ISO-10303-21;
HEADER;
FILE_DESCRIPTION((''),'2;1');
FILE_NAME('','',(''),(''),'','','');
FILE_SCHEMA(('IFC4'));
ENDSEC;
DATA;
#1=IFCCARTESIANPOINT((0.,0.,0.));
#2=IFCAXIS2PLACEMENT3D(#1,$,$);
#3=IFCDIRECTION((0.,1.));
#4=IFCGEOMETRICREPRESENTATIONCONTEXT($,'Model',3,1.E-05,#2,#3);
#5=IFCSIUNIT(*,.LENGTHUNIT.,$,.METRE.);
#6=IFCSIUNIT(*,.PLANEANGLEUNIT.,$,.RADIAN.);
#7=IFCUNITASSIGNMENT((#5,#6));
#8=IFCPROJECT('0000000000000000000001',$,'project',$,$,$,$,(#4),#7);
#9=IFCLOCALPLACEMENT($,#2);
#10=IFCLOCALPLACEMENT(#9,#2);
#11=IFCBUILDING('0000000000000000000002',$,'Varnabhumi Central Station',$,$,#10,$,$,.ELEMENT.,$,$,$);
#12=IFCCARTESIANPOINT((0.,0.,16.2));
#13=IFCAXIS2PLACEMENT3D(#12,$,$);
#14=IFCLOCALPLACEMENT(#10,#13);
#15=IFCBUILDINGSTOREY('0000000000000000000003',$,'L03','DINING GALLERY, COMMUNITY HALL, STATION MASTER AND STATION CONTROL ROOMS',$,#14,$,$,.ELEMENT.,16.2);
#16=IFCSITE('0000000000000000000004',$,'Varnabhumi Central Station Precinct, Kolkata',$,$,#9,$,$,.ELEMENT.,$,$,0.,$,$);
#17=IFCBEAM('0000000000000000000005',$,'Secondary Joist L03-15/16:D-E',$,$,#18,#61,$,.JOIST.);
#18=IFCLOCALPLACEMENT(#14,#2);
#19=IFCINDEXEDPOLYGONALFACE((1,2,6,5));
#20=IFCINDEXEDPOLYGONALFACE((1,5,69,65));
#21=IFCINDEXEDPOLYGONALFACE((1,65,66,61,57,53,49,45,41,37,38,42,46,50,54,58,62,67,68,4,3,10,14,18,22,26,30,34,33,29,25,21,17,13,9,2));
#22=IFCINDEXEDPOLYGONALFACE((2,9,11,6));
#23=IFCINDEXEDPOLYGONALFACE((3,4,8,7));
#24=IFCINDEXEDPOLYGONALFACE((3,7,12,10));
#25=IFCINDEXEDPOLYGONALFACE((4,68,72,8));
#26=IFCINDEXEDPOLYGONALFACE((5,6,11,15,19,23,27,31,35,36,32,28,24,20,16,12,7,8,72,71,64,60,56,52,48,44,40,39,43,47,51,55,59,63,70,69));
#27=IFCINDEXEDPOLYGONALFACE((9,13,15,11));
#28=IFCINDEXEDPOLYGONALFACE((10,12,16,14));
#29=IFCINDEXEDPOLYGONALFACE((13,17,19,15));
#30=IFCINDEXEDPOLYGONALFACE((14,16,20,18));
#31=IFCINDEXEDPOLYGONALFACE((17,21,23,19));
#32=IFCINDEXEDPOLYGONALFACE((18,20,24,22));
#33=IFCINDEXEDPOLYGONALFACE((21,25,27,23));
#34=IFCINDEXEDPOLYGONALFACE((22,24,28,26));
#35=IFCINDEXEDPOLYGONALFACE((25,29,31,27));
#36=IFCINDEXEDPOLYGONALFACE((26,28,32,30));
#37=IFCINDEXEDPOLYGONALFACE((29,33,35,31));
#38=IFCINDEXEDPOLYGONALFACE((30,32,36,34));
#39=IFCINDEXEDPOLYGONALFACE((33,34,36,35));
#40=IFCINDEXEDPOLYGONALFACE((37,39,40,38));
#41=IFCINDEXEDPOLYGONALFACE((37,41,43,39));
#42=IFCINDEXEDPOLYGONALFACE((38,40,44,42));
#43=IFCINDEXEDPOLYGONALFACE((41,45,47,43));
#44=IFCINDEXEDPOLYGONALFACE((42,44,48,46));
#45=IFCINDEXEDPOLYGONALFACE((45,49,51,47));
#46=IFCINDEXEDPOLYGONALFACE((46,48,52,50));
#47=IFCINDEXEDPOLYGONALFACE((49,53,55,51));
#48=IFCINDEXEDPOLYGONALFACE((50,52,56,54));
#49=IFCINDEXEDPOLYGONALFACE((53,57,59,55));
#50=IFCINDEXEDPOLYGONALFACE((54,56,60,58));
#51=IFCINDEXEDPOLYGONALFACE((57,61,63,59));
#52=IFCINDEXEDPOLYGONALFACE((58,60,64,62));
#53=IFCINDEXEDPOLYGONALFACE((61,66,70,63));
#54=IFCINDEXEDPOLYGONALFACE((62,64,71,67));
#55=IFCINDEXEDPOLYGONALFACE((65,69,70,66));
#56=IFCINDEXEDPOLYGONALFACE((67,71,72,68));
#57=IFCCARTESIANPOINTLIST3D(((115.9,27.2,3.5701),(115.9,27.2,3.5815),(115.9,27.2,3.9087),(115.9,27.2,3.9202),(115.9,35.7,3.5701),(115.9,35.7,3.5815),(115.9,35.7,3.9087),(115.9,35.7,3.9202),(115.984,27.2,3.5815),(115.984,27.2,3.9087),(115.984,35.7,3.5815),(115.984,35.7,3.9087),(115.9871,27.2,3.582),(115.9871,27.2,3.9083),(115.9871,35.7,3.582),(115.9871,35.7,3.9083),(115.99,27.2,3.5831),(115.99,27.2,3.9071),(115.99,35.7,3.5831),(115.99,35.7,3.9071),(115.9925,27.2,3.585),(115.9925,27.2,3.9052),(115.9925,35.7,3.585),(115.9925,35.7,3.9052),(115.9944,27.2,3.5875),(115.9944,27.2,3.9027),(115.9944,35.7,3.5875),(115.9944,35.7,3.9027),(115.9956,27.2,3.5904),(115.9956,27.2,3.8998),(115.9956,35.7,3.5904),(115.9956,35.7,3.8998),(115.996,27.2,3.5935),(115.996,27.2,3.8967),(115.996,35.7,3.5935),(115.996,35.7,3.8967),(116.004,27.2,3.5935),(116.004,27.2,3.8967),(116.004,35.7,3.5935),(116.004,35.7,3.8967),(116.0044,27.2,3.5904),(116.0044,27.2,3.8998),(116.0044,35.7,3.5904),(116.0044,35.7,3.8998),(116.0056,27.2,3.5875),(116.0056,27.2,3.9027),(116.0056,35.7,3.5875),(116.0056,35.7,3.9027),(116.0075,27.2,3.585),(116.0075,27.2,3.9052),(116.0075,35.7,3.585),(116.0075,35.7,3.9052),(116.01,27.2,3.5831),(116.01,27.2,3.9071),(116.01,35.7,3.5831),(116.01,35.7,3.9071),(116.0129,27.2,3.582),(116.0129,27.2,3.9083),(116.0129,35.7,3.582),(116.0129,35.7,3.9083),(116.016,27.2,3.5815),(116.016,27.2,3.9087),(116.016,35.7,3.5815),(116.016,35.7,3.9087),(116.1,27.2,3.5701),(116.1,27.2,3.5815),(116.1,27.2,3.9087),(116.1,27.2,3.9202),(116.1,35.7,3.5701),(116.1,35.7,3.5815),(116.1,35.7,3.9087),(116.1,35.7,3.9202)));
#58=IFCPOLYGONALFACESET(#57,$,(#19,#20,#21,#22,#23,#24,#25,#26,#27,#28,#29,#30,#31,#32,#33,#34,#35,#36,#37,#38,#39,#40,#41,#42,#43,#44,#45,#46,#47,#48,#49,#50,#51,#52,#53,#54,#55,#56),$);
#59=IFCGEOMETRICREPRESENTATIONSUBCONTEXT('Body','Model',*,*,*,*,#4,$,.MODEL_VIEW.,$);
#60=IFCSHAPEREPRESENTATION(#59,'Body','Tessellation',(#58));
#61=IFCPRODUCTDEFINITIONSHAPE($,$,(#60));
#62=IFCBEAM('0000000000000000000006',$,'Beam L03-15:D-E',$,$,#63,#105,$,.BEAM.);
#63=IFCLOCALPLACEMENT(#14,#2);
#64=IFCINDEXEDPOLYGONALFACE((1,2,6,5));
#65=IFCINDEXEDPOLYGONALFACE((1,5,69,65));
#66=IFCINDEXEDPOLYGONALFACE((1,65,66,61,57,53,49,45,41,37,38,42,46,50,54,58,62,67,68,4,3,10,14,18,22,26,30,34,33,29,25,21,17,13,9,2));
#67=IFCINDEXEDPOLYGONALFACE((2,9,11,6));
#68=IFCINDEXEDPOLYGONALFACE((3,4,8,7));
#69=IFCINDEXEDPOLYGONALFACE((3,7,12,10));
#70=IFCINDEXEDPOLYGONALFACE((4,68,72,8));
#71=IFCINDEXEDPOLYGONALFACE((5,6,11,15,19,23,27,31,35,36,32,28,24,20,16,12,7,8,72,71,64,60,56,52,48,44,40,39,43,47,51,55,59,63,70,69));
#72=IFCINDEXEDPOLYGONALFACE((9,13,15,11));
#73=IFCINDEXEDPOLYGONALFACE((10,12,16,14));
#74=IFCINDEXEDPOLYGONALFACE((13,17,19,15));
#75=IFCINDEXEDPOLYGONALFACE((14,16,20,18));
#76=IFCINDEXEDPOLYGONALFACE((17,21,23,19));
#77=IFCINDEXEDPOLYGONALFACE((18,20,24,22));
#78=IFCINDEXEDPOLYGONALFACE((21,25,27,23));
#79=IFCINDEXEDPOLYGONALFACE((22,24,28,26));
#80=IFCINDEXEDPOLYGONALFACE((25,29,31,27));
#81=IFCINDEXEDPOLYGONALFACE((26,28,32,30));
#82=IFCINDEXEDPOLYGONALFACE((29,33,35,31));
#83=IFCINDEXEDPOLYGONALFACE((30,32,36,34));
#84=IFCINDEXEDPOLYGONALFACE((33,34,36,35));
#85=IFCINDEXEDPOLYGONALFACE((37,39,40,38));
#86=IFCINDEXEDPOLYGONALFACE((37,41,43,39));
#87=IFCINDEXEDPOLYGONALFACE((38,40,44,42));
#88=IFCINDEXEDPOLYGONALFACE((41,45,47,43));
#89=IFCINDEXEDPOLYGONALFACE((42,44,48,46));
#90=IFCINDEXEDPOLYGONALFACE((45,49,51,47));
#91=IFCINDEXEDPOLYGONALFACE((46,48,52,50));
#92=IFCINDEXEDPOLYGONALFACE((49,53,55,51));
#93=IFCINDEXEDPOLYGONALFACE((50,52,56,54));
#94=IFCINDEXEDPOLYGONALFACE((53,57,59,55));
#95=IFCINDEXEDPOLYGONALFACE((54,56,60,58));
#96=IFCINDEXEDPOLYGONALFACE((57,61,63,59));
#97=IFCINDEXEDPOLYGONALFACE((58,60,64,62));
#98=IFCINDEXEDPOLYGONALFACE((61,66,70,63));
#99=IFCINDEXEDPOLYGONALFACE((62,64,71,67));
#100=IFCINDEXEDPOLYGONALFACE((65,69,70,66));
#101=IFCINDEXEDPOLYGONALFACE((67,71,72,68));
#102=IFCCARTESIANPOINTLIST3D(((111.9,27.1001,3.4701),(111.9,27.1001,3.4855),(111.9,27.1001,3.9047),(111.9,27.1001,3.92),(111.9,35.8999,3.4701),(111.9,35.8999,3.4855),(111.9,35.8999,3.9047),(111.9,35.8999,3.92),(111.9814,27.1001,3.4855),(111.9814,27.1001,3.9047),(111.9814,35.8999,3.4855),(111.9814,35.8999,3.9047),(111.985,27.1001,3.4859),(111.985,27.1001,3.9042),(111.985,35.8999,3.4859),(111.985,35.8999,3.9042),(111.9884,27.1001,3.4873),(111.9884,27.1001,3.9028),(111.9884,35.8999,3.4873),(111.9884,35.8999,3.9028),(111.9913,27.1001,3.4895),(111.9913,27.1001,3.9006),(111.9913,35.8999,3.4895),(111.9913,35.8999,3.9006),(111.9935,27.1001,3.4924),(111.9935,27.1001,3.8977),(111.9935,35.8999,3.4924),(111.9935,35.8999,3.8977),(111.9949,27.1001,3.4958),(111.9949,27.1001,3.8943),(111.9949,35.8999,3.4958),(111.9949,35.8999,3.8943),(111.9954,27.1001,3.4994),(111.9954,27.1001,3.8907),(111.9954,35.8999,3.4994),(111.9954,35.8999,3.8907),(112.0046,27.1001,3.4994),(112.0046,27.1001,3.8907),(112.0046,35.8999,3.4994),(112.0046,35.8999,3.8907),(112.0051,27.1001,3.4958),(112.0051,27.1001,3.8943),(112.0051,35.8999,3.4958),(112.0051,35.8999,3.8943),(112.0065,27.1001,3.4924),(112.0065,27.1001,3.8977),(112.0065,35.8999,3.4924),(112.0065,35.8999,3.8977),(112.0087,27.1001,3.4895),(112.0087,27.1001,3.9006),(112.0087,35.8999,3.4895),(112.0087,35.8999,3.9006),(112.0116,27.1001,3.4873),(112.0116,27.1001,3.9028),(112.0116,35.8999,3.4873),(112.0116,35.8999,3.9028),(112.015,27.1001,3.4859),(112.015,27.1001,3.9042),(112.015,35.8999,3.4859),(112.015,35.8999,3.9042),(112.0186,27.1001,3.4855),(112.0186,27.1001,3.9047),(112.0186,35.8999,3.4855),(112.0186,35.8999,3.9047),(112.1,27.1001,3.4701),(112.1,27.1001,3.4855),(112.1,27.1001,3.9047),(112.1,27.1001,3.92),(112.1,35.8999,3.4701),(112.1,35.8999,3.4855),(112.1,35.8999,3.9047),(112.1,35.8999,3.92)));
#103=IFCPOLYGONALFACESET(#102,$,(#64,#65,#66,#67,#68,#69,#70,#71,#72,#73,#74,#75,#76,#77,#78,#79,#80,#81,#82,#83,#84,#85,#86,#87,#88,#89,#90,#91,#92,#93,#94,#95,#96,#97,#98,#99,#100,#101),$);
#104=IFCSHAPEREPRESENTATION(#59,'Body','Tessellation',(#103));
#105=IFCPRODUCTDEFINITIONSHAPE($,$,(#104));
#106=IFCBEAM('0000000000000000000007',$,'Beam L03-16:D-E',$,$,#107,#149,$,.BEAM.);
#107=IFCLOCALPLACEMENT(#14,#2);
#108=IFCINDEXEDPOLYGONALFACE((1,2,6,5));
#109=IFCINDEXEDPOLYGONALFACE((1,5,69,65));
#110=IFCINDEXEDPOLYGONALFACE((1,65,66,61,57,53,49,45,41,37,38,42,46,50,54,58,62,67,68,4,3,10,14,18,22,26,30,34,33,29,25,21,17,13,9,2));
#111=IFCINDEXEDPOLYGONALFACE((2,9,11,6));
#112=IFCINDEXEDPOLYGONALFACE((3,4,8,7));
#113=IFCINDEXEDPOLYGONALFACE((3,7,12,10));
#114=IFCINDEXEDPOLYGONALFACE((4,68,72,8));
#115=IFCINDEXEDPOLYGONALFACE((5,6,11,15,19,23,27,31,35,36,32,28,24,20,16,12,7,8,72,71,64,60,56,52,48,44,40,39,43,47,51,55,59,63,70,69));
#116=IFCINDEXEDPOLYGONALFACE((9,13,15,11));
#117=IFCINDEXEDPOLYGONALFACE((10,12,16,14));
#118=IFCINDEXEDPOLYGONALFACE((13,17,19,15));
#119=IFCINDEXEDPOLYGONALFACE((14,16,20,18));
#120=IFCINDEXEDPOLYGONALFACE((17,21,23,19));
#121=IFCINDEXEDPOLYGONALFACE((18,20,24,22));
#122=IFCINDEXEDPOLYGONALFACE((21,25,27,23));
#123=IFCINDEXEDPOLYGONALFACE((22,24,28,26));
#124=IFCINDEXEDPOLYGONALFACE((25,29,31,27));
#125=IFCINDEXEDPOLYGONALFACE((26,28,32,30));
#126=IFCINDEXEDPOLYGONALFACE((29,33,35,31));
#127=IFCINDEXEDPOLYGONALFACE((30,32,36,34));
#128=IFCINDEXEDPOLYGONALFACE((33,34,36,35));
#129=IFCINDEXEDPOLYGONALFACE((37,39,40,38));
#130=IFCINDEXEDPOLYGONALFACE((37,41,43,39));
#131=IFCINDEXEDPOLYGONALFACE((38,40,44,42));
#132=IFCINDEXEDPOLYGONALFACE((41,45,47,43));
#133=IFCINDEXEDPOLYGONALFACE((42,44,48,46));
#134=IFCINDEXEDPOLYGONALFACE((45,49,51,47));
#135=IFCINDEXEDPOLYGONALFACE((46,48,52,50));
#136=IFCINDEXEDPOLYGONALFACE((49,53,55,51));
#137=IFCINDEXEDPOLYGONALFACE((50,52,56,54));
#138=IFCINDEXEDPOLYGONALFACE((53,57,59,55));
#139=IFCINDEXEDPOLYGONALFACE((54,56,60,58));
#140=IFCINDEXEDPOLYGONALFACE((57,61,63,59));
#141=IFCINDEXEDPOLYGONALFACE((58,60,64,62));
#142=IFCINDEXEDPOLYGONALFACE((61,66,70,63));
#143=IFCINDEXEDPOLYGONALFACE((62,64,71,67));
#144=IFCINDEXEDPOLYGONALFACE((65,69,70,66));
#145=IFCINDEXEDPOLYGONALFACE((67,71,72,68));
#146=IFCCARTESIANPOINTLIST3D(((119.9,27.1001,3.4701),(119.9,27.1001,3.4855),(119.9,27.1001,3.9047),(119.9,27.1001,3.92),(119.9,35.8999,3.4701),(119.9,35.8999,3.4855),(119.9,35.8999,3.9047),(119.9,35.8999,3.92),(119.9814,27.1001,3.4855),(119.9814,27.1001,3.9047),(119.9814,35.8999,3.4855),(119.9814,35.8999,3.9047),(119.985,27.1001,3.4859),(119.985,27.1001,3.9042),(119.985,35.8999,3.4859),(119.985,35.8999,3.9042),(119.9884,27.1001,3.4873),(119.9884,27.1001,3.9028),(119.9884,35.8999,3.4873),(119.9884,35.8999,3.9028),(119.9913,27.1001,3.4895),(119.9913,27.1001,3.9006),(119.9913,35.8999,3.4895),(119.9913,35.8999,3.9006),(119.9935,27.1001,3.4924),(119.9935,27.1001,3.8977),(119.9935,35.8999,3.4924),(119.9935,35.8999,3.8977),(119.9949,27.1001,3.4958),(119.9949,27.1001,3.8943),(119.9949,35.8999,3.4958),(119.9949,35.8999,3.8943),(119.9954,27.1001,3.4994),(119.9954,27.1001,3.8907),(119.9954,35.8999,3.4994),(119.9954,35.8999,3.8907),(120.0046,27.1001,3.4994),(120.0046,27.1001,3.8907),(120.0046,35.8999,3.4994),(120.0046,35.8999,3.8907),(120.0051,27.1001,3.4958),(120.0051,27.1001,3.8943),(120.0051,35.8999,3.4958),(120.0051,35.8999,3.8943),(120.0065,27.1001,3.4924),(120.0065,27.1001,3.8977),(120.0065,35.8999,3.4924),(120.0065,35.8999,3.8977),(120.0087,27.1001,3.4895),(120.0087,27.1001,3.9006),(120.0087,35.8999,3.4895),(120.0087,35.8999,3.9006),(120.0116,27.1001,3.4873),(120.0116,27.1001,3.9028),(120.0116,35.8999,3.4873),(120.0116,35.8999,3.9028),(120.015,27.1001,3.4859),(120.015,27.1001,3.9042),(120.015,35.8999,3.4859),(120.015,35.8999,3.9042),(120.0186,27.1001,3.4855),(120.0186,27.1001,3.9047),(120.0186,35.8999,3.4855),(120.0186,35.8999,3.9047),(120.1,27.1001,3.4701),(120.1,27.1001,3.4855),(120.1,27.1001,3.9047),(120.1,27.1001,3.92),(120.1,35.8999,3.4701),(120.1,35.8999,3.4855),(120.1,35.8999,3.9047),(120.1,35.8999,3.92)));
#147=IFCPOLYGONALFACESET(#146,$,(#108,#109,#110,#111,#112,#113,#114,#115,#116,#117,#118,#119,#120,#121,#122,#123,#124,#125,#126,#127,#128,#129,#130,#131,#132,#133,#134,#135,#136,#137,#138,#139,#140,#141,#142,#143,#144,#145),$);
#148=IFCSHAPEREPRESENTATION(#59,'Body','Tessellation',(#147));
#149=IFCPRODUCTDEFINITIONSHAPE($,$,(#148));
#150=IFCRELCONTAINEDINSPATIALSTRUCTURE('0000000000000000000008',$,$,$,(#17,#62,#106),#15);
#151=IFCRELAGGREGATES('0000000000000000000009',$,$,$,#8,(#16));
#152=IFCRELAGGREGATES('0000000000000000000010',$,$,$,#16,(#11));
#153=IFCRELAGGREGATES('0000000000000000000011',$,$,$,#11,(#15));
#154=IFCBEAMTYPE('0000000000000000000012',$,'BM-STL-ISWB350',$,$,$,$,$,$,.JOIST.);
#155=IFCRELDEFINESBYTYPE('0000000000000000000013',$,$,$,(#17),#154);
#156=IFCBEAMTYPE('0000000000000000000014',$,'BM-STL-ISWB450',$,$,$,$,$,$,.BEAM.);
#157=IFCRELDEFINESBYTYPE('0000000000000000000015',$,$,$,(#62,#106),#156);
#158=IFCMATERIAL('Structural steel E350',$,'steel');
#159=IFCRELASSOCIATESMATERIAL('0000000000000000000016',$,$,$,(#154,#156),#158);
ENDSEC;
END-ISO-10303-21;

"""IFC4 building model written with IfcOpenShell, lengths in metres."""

from ifc_helpers import new_model, si_unit, direction, frame, origin, origin_2d, place, context, subcontext, project, spatial, i_section, extrude, material, material_profile, profile_set, type_object, element, save


model = new_model("IFC4")

# Units and contexts
model_context = context("Model", 3, precision=1e-05, world=origin(), true_north=direction((0.0, 1.0)))
body_context = subcontext(model_context, "Body", "Model", "MODEL_VIEW")
ifc_project = project(units=[si_unit("LENGTHUNIT", "METRE"), si_unit("PLANEANGLEUNIT", "RADIAN")], contexts=[model_context])

# Site, building, storey
site_placement = place(None, origin())
site = spatial("IfcSite", under=ifc_project, at=site_placement, Name="Varnabhumi Central Station Precinct, Kolkata", CompositionType="ELEMENT", RefElevation=0.0)
building_placement = place(site_placement, origin())
building = spatial("IfcBuilding", under=site, at=building_placement, Name="Varnabhumi Central Station", CompositionType="ELEMENT")
storey_placement = place(building_placement, frame((0.0, 0.0, 16.2)))
storey = spatial("IfcBuildingStorey", under=building, at=storey_placement, Name="L03", Description="DINING GALLERY, COMMUNITY HALL, STATION MASTER AND STATION CONTROL ROOMS", CompositionType="ELEMENT", Elevation=16.2)

# Beams
ifc_material_1 = material(Name="Structural steel E350", Category="steel")
ifc_material_profile_1 = material_profile(ifc_material_1, i_section(OverallWidth=0.2, OverallDepth=0.3501, WebThickness=0.0081, FlangeThickness=0.0115, FilletRadius=0.012, at=origin_2d()), Name="Structural steel E350", Category="steel")
ifc_profile_set_1 = profile_set([ifc_material_profile_1], Name="Structural steel E350")
beam_type_1 = type_object("IfcBeamType", Name="BM-STL-ISWB350", PredefinedType="JOIST", material=ifc_profile_set_1)
beam_1_placement = place(storey_placement, frame((116.0, 27.2, 3.7451), z_axis=(0.0, 1.0, 0.0), x_axis=(-1.0, 0.0, 0.0)))
element("IfcBeam", 1, at=beam_1_placement, inside=storey, type_object=beam_type_1, Name="Secondary Joist L03-15/16:D-E", PredefinedType="JOIST", context=body_context, shape_type="SweptSolid", body=[
    extrude(i_section(OverallWidth=0.2, OverallDepth=0.3501, WebThickness=0.0081, FlangeThickness=0.0115, FilletRadius=0.012, at=origin_2d()), origin(), (0.0, 0.0, 1.0), 8.5),
])
ifc_material_profile_2 = material_profile(ifc_material_1, i_section(OverallWidth=0.2, OverallDepth=0.45, WebThickness=0.0093, FlangeThickness=0.0154, FilletRadius=0.0139, at=origin_2d()), Name="Structural steel E350", Category="steel")
ifc_profile_set_2 = profile_set([ifc_material_profile_2], Name="Structural steel E350")
beam_type_2 = type_object("IfcBeamType", Name="BM-STL-ISWB450", PredefinedType="BEAM", material=ifc_profile_set_2)
for number, where, z_axis, x_axis, name in (
    (2, (112.0, 27.1001, 3.6951), (0.0, 1.0, 0.0), (-1.0, 0.0, 0.0), "Beam L03-15:D-E"),
    (3, (120.0, 27.1001, 3.6951), (0.0, 1.0, 0.0), (-1.0, 0.0, 0.0), "Beam L03-16:D-E"),
):
    element("IfcBeam", number, at=place(storey_placement, frame(where, z_axis=z_axis, x_axis=x_axis)), inside=storey, type_object=beam_type_2, Name=name, PredefinedType="BEAM", context=body_context, shape_type="SweptSolid", body=[
        extrude(i_section(OverallWidth=0.2, OverallDepth=0.45, WebThickness=0.0093, FlangeThickness=0.0154, FilletRadius=0.0139, at=origin_2d()), origin(), (0.0, 0.0, 1.0), 8.7998),
    ])

save(model, "model.ifc")
